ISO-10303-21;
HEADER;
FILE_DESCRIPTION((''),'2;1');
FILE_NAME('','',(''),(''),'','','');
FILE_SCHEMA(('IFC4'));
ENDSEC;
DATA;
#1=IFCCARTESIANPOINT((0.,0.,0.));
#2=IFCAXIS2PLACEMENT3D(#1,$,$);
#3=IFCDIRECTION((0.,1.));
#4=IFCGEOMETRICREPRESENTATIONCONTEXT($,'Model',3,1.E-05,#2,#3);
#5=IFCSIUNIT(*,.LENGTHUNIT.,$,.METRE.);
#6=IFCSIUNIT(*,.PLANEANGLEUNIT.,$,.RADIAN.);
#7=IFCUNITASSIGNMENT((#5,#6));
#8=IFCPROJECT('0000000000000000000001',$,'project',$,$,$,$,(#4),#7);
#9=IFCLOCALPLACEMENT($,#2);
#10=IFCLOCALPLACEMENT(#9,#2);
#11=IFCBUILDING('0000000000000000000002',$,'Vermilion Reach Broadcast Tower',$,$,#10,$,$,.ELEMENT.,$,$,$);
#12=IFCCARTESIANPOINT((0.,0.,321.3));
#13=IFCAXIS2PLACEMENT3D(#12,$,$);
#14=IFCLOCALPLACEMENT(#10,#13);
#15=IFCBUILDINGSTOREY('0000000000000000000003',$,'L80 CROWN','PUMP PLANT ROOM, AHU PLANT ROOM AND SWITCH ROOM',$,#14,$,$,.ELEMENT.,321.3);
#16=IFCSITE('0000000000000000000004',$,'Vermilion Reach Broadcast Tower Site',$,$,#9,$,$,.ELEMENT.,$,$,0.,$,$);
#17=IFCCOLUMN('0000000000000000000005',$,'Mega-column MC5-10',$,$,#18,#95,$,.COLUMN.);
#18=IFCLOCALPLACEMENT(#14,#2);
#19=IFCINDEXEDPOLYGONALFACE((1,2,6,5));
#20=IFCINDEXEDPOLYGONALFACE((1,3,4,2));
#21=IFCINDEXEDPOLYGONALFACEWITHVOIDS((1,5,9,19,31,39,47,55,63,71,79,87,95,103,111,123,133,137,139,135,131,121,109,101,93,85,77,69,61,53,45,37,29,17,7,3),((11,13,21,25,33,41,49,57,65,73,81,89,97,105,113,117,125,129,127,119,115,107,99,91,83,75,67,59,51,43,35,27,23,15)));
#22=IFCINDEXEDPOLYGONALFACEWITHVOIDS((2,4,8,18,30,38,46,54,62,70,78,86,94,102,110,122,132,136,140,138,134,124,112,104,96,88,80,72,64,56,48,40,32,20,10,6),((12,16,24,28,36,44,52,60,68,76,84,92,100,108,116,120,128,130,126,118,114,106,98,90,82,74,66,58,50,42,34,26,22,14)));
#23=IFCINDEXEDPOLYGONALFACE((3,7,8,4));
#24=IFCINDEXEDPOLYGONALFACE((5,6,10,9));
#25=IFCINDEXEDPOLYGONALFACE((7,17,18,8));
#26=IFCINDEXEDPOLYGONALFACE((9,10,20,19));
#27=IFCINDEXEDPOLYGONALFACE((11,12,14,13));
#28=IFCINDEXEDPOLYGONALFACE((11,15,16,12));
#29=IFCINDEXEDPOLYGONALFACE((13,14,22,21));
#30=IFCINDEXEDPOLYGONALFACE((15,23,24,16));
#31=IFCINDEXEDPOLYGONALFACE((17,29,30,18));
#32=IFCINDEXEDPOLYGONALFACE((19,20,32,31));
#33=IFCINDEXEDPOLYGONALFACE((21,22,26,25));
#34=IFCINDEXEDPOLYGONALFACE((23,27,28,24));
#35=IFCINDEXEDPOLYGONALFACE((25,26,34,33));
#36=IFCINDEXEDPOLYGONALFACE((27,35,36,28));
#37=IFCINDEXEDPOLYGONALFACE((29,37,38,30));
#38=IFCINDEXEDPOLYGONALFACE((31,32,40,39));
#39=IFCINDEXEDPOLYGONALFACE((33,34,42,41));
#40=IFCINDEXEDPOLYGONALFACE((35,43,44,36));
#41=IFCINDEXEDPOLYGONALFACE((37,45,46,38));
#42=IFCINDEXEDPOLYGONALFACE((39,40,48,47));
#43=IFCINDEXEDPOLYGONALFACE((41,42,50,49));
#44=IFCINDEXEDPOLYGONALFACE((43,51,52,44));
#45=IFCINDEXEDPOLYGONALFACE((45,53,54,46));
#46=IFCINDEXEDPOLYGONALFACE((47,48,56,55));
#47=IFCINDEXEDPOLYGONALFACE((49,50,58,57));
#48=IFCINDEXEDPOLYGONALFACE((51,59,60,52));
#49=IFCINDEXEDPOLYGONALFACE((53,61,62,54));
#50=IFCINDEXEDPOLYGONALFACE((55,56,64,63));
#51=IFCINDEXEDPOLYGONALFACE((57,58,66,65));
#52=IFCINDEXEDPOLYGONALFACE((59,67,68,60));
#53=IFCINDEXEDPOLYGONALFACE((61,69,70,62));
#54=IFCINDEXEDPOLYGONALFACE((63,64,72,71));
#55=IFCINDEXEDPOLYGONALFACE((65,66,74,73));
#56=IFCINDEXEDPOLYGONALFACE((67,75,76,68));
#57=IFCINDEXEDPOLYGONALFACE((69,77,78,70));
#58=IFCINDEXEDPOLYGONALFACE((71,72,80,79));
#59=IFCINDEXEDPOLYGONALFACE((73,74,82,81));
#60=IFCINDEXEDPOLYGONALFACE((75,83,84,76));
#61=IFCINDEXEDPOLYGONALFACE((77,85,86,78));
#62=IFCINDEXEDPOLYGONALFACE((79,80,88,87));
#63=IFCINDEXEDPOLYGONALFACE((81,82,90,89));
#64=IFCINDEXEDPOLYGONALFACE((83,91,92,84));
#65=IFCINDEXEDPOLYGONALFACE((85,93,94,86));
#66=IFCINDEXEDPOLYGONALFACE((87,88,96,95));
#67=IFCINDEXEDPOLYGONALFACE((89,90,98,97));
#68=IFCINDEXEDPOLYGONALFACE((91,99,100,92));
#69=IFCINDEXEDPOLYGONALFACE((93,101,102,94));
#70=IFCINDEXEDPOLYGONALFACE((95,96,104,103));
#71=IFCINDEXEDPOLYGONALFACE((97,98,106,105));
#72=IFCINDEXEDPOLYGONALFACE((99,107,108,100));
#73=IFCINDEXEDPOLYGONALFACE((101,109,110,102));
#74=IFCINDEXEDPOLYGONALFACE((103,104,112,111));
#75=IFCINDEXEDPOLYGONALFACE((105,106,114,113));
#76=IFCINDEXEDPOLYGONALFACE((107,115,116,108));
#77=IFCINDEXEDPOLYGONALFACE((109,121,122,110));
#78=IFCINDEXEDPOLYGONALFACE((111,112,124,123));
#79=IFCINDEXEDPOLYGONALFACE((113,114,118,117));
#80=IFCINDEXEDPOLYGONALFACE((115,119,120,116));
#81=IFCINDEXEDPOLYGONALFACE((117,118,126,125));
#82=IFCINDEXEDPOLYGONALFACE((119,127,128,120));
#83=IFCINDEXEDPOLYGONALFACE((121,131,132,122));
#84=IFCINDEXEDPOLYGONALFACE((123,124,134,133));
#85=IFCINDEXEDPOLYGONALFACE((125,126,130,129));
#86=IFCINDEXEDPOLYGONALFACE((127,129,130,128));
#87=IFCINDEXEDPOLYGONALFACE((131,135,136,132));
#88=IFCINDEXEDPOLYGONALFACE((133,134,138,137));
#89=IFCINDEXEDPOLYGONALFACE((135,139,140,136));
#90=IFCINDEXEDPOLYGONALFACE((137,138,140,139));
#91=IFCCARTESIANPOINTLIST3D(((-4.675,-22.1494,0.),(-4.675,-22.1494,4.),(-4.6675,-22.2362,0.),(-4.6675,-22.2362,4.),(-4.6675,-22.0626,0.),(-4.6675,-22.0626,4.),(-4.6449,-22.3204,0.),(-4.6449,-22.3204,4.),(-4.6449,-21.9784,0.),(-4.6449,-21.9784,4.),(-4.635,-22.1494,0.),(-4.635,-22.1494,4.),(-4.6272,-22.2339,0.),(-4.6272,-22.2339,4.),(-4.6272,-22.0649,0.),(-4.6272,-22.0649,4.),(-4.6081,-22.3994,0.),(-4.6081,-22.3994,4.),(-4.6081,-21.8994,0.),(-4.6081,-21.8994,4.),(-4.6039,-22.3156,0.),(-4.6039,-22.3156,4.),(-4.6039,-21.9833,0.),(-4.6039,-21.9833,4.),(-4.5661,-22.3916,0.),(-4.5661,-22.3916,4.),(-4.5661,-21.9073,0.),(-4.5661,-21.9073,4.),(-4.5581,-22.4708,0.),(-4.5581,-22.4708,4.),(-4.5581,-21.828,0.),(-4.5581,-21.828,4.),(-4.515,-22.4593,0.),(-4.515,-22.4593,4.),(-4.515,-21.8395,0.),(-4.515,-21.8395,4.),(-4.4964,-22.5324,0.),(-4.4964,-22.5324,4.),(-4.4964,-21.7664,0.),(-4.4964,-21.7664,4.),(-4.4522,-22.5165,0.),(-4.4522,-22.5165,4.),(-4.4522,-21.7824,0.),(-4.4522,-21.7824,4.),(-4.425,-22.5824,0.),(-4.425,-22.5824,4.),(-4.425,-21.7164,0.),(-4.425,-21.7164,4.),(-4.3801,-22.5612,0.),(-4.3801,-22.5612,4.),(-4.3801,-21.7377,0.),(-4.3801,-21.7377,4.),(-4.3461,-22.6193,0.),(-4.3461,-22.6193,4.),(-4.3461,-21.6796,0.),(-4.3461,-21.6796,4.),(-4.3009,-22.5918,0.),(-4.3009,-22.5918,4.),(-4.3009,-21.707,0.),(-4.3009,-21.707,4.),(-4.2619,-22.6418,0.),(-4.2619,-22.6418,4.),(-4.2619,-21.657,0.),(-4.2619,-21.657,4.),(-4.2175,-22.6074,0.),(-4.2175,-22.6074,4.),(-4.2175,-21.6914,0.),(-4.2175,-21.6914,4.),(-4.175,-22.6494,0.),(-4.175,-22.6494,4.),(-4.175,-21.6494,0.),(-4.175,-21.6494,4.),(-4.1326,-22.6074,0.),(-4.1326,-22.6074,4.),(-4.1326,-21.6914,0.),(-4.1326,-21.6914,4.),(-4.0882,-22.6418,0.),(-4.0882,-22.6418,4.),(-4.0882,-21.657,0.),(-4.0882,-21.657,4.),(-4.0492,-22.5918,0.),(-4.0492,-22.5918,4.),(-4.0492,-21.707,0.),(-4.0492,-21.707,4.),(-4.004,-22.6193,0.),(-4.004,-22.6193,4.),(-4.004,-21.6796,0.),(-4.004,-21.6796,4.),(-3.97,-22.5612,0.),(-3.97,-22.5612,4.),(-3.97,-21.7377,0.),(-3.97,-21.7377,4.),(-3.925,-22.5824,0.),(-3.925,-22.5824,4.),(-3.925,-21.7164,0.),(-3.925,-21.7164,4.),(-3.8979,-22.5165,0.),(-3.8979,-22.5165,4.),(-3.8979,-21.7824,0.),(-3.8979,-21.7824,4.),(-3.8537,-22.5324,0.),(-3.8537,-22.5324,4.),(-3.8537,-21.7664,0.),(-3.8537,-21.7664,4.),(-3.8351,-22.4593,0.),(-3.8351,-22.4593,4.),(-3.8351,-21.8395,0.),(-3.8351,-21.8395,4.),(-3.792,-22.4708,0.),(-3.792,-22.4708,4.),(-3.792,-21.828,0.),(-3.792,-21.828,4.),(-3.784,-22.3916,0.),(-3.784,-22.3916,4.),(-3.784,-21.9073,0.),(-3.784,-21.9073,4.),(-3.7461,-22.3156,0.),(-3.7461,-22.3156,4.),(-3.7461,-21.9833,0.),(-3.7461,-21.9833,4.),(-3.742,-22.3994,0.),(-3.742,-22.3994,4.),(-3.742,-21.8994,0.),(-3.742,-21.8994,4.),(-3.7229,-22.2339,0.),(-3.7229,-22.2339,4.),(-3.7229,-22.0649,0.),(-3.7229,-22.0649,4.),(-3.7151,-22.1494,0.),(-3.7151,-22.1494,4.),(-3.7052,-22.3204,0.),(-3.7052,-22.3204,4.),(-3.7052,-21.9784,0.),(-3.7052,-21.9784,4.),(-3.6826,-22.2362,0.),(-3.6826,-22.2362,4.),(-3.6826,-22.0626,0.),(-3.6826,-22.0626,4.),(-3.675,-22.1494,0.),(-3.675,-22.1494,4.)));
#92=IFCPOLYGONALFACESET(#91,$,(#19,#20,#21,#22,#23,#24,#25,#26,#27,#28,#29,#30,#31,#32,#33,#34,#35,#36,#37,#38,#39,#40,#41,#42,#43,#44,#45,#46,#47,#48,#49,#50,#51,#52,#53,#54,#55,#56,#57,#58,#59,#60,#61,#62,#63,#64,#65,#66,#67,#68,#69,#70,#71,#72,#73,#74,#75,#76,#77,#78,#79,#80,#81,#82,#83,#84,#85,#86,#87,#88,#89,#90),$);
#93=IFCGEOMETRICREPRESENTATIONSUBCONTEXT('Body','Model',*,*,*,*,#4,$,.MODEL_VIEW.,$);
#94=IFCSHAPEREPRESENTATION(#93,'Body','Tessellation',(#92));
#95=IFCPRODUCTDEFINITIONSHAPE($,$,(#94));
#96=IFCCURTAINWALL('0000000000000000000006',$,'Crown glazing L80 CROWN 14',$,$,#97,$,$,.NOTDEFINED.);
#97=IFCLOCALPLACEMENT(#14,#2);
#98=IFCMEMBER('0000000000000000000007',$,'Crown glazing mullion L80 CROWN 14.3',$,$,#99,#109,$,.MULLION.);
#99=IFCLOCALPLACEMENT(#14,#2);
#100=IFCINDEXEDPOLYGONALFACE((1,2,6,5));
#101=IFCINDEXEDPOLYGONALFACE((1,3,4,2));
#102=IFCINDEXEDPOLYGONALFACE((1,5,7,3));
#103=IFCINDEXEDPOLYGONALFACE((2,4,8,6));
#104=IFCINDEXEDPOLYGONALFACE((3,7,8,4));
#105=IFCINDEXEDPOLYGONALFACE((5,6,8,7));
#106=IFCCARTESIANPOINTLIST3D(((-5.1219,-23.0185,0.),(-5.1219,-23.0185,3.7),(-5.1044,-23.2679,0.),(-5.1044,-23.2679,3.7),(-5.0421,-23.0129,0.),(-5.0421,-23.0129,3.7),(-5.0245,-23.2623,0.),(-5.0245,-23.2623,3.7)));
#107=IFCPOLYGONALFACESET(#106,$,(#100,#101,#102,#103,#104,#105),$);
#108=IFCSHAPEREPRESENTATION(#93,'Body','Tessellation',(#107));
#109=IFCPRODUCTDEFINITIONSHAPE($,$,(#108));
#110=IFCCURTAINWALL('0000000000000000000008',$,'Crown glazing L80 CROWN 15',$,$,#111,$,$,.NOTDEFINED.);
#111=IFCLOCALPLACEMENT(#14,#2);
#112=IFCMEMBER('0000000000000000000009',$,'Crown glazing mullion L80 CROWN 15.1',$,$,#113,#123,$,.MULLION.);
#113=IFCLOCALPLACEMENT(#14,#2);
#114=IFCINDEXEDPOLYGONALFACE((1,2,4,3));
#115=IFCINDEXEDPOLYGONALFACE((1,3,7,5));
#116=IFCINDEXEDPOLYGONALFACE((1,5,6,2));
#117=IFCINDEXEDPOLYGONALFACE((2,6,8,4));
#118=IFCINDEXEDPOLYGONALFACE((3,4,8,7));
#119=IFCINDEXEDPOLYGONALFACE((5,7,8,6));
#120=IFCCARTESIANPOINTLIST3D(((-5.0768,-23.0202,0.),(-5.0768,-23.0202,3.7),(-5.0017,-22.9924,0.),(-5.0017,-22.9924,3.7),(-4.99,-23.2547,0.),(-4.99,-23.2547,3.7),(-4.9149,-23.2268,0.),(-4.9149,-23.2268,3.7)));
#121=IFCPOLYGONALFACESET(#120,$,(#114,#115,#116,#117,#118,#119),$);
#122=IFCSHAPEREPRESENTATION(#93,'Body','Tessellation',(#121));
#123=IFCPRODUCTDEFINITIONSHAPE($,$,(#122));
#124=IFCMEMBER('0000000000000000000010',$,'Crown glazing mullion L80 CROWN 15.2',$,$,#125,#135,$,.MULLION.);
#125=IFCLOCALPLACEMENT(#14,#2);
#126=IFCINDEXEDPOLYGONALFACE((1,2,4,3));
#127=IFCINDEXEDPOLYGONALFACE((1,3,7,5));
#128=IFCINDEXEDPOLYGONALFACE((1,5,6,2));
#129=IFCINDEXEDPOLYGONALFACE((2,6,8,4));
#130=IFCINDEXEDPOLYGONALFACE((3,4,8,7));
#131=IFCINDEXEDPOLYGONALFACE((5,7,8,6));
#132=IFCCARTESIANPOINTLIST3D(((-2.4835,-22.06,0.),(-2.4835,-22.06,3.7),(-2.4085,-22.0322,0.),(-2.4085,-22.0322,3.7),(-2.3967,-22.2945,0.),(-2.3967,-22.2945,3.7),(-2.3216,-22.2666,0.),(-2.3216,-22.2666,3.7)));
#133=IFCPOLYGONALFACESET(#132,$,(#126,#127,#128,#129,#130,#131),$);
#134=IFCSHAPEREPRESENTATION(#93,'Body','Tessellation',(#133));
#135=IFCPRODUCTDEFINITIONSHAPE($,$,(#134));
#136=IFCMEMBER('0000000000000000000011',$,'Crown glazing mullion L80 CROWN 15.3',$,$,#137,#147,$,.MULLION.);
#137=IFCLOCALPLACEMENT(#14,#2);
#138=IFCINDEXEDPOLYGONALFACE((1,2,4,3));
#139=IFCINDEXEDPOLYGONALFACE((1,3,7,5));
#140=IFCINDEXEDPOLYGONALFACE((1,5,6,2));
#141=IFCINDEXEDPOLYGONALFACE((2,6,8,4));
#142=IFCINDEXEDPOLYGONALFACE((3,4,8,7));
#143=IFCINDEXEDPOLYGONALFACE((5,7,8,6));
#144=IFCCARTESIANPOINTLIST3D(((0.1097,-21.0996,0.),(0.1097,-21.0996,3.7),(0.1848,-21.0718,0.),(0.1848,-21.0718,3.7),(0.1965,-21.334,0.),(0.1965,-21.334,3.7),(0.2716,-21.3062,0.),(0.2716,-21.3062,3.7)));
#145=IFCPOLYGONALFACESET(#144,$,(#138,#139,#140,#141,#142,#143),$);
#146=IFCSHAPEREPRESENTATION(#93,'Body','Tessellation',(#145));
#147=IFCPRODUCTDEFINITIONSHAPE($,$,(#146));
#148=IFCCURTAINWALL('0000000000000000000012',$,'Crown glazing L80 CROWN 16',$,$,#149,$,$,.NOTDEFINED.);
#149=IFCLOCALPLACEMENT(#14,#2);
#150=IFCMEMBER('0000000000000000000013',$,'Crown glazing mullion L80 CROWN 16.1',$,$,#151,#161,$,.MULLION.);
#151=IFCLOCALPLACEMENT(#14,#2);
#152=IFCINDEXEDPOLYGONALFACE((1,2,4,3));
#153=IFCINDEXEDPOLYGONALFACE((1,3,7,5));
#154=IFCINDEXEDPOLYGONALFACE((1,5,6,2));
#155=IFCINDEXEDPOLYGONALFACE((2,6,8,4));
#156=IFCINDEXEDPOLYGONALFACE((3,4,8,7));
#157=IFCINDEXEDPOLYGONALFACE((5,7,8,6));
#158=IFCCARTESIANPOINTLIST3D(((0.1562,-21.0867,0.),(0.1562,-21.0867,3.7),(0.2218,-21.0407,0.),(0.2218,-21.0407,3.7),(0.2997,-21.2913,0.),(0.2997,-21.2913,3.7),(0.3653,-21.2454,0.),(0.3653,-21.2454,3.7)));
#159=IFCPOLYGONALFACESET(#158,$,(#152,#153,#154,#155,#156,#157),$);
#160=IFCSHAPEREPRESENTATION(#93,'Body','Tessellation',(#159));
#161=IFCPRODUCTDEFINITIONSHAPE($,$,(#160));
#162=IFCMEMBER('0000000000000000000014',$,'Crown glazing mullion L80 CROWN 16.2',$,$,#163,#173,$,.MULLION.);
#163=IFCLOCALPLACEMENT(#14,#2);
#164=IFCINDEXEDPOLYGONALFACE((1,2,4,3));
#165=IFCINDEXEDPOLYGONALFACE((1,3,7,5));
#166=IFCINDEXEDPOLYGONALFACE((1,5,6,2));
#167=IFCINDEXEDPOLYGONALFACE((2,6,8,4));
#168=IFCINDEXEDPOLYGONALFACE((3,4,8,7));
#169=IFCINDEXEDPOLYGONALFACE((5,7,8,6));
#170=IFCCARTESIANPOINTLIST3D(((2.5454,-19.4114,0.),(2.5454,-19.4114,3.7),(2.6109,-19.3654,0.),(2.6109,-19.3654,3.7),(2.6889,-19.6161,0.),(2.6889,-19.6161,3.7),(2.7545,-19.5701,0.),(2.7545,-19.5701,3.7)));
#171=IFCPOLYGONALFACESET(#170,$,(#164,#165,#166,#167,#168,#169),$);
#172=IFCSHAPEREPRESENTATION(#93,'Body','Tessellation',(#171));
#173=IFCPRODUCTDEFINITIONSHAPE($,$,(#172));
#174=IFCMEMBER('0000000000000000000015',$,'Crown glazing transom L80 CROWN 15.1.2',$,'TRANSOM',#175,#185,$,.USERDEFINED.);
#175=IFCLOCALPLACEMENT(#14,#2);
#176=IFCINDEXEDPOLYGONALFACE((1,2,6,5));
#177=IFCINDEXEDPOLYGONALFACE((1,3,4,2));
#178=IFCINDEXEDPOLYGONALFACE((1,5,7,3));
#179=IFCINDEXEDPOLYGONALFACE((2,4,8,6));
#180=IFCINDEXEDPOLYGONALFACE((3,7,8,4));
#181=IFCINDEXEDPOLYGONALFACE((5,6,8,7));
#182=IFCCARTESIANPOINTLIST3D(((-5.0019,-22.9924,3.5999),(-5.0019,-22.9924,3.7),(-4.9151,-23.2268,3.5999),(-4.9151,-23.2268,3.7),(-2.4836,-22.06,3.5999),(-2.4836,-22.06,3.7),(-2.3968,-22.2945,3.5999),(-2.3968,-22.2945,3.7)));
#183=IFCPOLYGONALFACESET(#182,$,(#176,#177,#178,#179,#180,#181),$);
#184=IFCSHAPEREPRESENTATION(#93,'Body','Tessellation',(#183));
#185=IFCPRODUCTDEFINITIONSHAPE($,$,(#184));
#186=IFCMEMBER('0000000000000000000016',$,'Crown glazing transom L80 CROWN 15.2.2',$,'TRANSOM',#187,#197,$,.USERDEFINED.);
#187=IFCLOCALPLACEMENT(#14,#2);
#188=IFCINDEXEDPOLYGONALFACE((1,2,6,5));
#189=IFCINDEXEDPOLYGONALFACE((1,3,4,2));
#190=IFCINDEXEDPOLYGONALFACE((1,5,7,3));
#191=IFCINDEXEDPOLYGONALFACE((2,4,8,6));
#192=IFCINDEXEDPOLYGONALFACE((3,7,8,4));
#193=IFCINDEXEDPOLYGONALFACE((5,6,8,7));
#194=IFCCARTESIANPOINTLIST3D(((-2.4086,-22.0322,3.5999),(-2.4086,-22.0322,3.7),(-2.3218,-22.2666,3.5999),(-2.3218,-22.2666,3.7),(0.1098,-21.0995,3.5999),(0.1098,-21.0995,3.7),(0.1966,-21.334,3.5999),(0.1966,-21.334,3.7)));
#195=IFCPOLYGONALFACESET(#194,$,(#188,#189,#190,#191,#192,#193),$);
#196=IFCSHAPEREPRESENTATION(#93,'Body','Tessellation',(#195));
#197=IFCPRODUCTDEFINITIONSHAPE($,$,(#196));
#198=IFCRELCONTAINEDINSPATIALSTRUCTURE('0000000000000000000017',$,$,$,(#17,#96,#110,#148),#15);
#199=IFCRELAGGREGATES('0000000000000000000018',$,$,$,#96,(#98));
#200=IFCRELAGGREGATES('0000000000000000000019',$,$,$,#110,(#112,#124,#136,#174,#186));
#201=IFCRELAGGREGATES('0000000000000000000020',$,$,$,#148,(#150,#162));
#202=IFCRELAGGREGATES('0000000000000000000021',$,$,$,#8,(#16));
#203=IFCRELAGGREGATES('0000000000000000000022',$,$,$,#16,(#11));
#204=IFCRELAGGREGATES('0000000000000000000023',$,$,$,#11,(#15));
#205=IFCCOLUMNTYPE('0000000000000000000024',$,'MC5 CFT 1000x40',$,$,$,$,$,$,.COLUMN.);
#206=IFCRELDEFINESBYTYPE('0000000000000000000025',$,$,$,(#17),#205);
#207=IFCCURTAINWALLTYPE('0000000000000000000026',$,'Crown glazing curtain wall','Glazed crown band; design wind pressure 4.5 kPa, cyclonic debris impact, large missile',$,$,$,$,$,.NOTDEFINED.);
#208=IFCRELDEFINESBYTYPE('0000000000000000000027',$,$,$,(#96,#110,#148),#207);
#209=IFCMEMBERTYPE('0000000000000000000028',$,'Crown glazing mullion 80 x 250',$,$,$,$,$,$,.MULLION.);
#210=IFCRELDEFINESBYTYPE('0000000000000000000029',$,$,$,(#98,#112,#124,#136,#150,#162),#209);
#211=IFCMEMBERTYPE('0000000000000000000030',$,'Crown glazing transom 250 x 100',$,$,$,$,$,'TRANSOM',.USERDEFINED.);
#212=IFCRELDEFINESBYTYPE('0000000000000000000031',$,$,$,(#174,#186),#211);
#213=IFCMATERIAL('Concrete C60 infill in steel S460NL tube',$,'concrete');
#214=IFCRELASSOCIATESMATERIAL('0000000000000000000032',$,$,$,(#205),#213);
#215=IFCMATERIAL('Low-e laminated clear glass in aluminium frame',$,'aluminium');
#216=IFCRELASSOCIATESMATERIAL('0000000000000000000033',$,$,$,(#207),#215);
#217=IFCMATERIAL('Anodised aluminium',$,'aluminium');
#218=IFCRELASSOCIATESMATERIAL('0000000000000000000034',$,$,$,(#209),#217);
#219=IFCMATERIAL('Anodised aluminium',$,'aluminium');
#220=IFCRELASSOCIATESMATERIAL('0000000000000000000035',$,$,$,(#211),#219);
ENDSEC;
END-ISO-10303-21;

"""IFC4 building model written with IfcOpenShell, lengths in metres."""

from ifc_helpers import new_model, si_unit, direction, frame, origin, origin_2d, place, context, subcontext, project, spatial, rectangle, hollow_circle, extrude, material, material_profile, profile_set, type_object, element, aggregate, save


model = new_model("IFC4")

# Units and contexts
model_context = context("Model", 3, precision=1e-05, world=origin(), true_north=direction((0.0, 1.0)))
body_context = subcontext(model_context, "Body", "Model", "MODEL_VIEW")
ifc_project = project(units=[si_unit("LENGTHUNIT", "METRE"), si_unit("PLANEANGLEUNIT", "RADIAN")], contexts=[model_context])

# Site, building, storey
site_placement = place(None, origin())
site = spatial("IfcSite", under=ifc_project, at=site_placement, Name="Vermilion Reach Broadcast Tower Site", CompositionType="ELEMENT", RefElevation=0.0)
building_placement = place(site_placement, origin())
building = spatial("IfcBuilding", under=site, at=building_placement, Name="Vermilion Reach Broadcast Tower", CompositionType="ELEMENT")
storey_placement = place(building_placement, frame((0.0, 0.0, 321.3)))
storey = spatial("IfcBuildingStorey", under=building, at=storey_placement, Name="L80 CROWN", Description="PUMP PLANT ROOM, AHU PLANT ROOM AND SWITCH ROOM", CompositionType="ELEMENT", Elevation=321.3)

# Column
ifc_material_1 = material(Name="Concrete C60 infill in steel S460NL tube", Category="concrete")
ifc_material_profile_1 = material_profile(ifc_material_1, hollow_circle(Radius=0.5, WallThickness=0.04, at=origin_2d()), Name="Concrete C60 infill in steel S460NL tube CFT 1000x40")
ifc_profile_set_1 = profile_set([ifc_material_profile_1], Name="Concrete C60 infill in steel S460NL tube")
column_type = type_object("IfcColumnType", Name="MC5 CFT 1000x40", PredefinedType="COLUMN", material=ifc_profile_set_1)
column_placement = place(storey_placement, frame((-4.175, -22.1494, 0.0), z_axis=(0.0, 0.0, 1.0), x_axis=(1.0, 0.0, 0.0)))
element("IfcColumn", 1, at=column_placement, inside=storey, type_object=column_type, Name="Mega-column MC5-10", PredefinedType="COLUMN", context=body_context, shape_type="SweptSolid", body=[
    extrude(hollow_circle(Radius=0.5, WallThickness=0.04, at=origin_2d()), origin(), (0.0, 0.0, 1.0), 4.0),
])

# Curtain wall, member
ifc_material_2 = material(Name="Low-e laminated clear glass in aluminium frame", Category="aluminium")
curtain_wall_type = type_object("IfcCurtainWallType", Name="Crown glazing curtain wall", Description="Glazed crown band; design wind pressure 4.5 kPa, cyclonic debris impact, large missile", PredefinedType="NOTDEFINED", material=ifc_material_2)
placement = place(storey_placement, origin())
curtain_wall_1 = element("IfcCurtainWall", 2, at=placement, inside=storey, type_object=curtain_wall_type, Name="Crown glazing L80 CROWN 14", PredefinedType="NOTDEFINED")
ifc_material_3 = material(Name="Anodised aluminium", Category="aluminium")
ifc_material_profile_2 = material_profile(ifc_material_3, rectangle(XDim=0.25, YDim=0.0801, at=origin_2d()), Name="Crown glazing mullion 80 x 250")
ifc_profile_set_2 = profile_set([ifc_material_profile_2], Name="Anodised aluminium")
member_type_1 = type_object("IfcMemberType", Name="Crown glazing mullion 80 x 250", PredefinedType="MULLION", material=ifc_profile_set_2)
member_1_placement = place(storey_placement, frame((-5.0732, -23.1404, 0.0), z_axis=(0.0, 0.0, 1.0), x_axis=(-0.070082, 0.997541, 0.0)))
member_1 = element("IfcMember", 3, at=member_1_placement, type_object=member_type_1, Name="Crown glazing mullion L80 CROWN 14.3", PredefinedType="MULLION", context=body_context, shape_type="SweptSolid", body=[
    extrude(rectangle(XDim=0.25, YDim=0.0801, at=origin_2d()), origin(), (0.0, 0.0, 1.0), 3.7),
])
aggregate(curtain_wall_1, [member_1])

# Curtain walls, members
curtain_wall_2 = element("IfcCurtainWall", 4, at=placement, inside=storey, type_object=curtain_wall_type, Name="Crown glazing L80 CROWN 15", PredefinedType="NOTDEFINED")
member_2_placement = place(storey_placement, frame((-4.9958, -23.1235, 0.0), z_axis=(0.0, 0.0, 1.0), x_axis=(-0.347291, 0.937757, 0.0)))
member_2 = element("IfcMember", 5, at=member_2_placement, type_object=member_type_1, Name="Crown glazing mullion L80 CROWN 15.1", PredefinedType="MULLION", context=body_context, shape_type="SweptSolid", body=[
    extrude(rectangle(XDim=0.25, YDim=0.0801, at=origin_2d()), origin(), (0.0, 0.0, 1.0), 3.7),
])
member_3_placement = place(storey_placement, frame((-2.4026, -22.1633, 0.0), z_axis=(0.0, 0.0, 1.0), x_axis=(-0.347291, 0.937757, 0.0)))
member_3 = element("IfcMember", 6, at=member_3_placement, type_object=member_type_1, Name="Crown glazing mullion L80 CROWN 15.2", PredefinedType="MULLION", context=body_context, shape_type="SweptSolid", body=[
    extrude(rectangle(XDim=0.25, YDim=0.0801, at=origin_2d()), origin(), (0.0, 0.0, 1.0), 3.7),
])
member_4_placement = place(storey_placement, frame((0.1907, -21.2029, 0.0), z_axis=(0.0, 0.0, 1.0), x_axis=(-0.347291, 0.937757, 0.0)))
member_4 = element("IfcMember", 7, at=member_4_placement, type_object=member_type_1, Name="Crown glazing mullion L80 CROWN 15.3", PredefinedType="MULLION", context=body_context, shape_type="SweptSolid", body=[
    extrude(rectangle(XDim=0.25, YDim=0.0801, at=origin_2d()), origin(), (0.0, 0.0, 1.0), 3.7),
])
curtain_wall_3 = element("IfcCurtainWall", 8, at=placement, inside=storey, type_object=curtain_wall_type, Name="Crown glazing L80 CROWN 16", PredefinedType="NOTDEFINED")
member_5_placement = place(storey_placement, frame((0.2607, -21.166, 0.0), z_axis=(0.0, 0.0, 1.0), x_axis=(-0.574164, 0.81874, 0.0)))
member_5 = element("IfcMember", 9, at=member_5_placement, type_object=member_type_1, Name="Crown glazing mullion L80 CROWN 16.1", PredefinedType="MULLION", context=body_context, shape_type="SweptSolid", body=[
    extrude(rectangle(XDim=0.25, YDim=0.0801, at=origin_2d()), origin(), (0.0, 0.0, 1.0), 3.7),
])
member_6_placement = place(storey_placement, frame((2.6499, -19.4907, 0.0), z_axis=(0.0, 0.0, 1.0), x_axis=(-0.574164, 0.81874, 0.0)))
member_6 = element("IfcMember", 10, at=member_6_placement, type_object=member_type_1, Name="Crown glazing mullion L80 CROWN 16.2", PredefinedType="MULLION", context=body_context, shape_type="SweptSolid", body=[
    extrude(rectangle(XDim=0.25, YDim=0.0801, at=origin_2d()), origin(), (0.0, 0.0, 1.0), 3.7),
])

# Members
ifc_material_4 = material(Name="Anodised aluminium", Category="aluminium")
ifc_material_profile_3 = material_profile(ifc_material_4, rectangle(XDim=0.25, YDim=0.1001, at=origin_2d()), Name="Crown glazing transom 250 x 100")
ifc_profile_set_3 = profile_set([ifc_material_profile_3], Name="Anodised aluminium")
member_type_2 = type_object("IfcMemberType", Name="Crown glazing transom 250 x 100", ElementType="TRANSOM", PredefinedType="USERDEFINED", material=ifc_profile_set_3)
member_7_placement = place(storey_placement, frame((-4.9585, -23.1096, 3.6499), z_axis=(0.937789, 0.347205, 0.0), x_axis=(-0.347205, 0.937789, 0.0)))
member_7 = element("IfcMember", 11, at=member_7_placement, type_object=member_type_2, Name="Crown glazing transom L80 CROWN 15.1.2", ObjectType="TRANSOM", PredefinedType="USERDEFINED", context=body_context, shape_type="SweptSolid", body=[
    extrude(rectangle(XDim=0.25, YDim=0.1001, at=origin_2d()), origin(), (0.0, 0.0, 1.0), 2.6853),
])
member_8_placement = place(storey_placement, frame((-2.3652, -22.1494, 3.6499), z_axis=(0.93776, 0.347285, 0.0), x_axis=(-0.347285, 0.93776, 0.0)))
member_8 = element("IfcMember", 12, at=member_8_placement, type_object=member_type_2, Name="Crown glazing transom L80 CROWN 15.2.2", ObjectType="TRANSOM", PredefinedType="USERDEFINED", context=body_context, shape_type="SweptSolid", body=[
    extrude(rectangle(XDim=0.25, YDim=0.1001, at=origin_2d()), origin(), (0.0, 0.0, 1.0), 2.6855),
])

aggregate(curtain_wall_2, [member_2, member_3, member_4, member_7, member_8])
aggregate(curtain_wall_3, [member_5, member_6])

save(model, "model.ifc")
